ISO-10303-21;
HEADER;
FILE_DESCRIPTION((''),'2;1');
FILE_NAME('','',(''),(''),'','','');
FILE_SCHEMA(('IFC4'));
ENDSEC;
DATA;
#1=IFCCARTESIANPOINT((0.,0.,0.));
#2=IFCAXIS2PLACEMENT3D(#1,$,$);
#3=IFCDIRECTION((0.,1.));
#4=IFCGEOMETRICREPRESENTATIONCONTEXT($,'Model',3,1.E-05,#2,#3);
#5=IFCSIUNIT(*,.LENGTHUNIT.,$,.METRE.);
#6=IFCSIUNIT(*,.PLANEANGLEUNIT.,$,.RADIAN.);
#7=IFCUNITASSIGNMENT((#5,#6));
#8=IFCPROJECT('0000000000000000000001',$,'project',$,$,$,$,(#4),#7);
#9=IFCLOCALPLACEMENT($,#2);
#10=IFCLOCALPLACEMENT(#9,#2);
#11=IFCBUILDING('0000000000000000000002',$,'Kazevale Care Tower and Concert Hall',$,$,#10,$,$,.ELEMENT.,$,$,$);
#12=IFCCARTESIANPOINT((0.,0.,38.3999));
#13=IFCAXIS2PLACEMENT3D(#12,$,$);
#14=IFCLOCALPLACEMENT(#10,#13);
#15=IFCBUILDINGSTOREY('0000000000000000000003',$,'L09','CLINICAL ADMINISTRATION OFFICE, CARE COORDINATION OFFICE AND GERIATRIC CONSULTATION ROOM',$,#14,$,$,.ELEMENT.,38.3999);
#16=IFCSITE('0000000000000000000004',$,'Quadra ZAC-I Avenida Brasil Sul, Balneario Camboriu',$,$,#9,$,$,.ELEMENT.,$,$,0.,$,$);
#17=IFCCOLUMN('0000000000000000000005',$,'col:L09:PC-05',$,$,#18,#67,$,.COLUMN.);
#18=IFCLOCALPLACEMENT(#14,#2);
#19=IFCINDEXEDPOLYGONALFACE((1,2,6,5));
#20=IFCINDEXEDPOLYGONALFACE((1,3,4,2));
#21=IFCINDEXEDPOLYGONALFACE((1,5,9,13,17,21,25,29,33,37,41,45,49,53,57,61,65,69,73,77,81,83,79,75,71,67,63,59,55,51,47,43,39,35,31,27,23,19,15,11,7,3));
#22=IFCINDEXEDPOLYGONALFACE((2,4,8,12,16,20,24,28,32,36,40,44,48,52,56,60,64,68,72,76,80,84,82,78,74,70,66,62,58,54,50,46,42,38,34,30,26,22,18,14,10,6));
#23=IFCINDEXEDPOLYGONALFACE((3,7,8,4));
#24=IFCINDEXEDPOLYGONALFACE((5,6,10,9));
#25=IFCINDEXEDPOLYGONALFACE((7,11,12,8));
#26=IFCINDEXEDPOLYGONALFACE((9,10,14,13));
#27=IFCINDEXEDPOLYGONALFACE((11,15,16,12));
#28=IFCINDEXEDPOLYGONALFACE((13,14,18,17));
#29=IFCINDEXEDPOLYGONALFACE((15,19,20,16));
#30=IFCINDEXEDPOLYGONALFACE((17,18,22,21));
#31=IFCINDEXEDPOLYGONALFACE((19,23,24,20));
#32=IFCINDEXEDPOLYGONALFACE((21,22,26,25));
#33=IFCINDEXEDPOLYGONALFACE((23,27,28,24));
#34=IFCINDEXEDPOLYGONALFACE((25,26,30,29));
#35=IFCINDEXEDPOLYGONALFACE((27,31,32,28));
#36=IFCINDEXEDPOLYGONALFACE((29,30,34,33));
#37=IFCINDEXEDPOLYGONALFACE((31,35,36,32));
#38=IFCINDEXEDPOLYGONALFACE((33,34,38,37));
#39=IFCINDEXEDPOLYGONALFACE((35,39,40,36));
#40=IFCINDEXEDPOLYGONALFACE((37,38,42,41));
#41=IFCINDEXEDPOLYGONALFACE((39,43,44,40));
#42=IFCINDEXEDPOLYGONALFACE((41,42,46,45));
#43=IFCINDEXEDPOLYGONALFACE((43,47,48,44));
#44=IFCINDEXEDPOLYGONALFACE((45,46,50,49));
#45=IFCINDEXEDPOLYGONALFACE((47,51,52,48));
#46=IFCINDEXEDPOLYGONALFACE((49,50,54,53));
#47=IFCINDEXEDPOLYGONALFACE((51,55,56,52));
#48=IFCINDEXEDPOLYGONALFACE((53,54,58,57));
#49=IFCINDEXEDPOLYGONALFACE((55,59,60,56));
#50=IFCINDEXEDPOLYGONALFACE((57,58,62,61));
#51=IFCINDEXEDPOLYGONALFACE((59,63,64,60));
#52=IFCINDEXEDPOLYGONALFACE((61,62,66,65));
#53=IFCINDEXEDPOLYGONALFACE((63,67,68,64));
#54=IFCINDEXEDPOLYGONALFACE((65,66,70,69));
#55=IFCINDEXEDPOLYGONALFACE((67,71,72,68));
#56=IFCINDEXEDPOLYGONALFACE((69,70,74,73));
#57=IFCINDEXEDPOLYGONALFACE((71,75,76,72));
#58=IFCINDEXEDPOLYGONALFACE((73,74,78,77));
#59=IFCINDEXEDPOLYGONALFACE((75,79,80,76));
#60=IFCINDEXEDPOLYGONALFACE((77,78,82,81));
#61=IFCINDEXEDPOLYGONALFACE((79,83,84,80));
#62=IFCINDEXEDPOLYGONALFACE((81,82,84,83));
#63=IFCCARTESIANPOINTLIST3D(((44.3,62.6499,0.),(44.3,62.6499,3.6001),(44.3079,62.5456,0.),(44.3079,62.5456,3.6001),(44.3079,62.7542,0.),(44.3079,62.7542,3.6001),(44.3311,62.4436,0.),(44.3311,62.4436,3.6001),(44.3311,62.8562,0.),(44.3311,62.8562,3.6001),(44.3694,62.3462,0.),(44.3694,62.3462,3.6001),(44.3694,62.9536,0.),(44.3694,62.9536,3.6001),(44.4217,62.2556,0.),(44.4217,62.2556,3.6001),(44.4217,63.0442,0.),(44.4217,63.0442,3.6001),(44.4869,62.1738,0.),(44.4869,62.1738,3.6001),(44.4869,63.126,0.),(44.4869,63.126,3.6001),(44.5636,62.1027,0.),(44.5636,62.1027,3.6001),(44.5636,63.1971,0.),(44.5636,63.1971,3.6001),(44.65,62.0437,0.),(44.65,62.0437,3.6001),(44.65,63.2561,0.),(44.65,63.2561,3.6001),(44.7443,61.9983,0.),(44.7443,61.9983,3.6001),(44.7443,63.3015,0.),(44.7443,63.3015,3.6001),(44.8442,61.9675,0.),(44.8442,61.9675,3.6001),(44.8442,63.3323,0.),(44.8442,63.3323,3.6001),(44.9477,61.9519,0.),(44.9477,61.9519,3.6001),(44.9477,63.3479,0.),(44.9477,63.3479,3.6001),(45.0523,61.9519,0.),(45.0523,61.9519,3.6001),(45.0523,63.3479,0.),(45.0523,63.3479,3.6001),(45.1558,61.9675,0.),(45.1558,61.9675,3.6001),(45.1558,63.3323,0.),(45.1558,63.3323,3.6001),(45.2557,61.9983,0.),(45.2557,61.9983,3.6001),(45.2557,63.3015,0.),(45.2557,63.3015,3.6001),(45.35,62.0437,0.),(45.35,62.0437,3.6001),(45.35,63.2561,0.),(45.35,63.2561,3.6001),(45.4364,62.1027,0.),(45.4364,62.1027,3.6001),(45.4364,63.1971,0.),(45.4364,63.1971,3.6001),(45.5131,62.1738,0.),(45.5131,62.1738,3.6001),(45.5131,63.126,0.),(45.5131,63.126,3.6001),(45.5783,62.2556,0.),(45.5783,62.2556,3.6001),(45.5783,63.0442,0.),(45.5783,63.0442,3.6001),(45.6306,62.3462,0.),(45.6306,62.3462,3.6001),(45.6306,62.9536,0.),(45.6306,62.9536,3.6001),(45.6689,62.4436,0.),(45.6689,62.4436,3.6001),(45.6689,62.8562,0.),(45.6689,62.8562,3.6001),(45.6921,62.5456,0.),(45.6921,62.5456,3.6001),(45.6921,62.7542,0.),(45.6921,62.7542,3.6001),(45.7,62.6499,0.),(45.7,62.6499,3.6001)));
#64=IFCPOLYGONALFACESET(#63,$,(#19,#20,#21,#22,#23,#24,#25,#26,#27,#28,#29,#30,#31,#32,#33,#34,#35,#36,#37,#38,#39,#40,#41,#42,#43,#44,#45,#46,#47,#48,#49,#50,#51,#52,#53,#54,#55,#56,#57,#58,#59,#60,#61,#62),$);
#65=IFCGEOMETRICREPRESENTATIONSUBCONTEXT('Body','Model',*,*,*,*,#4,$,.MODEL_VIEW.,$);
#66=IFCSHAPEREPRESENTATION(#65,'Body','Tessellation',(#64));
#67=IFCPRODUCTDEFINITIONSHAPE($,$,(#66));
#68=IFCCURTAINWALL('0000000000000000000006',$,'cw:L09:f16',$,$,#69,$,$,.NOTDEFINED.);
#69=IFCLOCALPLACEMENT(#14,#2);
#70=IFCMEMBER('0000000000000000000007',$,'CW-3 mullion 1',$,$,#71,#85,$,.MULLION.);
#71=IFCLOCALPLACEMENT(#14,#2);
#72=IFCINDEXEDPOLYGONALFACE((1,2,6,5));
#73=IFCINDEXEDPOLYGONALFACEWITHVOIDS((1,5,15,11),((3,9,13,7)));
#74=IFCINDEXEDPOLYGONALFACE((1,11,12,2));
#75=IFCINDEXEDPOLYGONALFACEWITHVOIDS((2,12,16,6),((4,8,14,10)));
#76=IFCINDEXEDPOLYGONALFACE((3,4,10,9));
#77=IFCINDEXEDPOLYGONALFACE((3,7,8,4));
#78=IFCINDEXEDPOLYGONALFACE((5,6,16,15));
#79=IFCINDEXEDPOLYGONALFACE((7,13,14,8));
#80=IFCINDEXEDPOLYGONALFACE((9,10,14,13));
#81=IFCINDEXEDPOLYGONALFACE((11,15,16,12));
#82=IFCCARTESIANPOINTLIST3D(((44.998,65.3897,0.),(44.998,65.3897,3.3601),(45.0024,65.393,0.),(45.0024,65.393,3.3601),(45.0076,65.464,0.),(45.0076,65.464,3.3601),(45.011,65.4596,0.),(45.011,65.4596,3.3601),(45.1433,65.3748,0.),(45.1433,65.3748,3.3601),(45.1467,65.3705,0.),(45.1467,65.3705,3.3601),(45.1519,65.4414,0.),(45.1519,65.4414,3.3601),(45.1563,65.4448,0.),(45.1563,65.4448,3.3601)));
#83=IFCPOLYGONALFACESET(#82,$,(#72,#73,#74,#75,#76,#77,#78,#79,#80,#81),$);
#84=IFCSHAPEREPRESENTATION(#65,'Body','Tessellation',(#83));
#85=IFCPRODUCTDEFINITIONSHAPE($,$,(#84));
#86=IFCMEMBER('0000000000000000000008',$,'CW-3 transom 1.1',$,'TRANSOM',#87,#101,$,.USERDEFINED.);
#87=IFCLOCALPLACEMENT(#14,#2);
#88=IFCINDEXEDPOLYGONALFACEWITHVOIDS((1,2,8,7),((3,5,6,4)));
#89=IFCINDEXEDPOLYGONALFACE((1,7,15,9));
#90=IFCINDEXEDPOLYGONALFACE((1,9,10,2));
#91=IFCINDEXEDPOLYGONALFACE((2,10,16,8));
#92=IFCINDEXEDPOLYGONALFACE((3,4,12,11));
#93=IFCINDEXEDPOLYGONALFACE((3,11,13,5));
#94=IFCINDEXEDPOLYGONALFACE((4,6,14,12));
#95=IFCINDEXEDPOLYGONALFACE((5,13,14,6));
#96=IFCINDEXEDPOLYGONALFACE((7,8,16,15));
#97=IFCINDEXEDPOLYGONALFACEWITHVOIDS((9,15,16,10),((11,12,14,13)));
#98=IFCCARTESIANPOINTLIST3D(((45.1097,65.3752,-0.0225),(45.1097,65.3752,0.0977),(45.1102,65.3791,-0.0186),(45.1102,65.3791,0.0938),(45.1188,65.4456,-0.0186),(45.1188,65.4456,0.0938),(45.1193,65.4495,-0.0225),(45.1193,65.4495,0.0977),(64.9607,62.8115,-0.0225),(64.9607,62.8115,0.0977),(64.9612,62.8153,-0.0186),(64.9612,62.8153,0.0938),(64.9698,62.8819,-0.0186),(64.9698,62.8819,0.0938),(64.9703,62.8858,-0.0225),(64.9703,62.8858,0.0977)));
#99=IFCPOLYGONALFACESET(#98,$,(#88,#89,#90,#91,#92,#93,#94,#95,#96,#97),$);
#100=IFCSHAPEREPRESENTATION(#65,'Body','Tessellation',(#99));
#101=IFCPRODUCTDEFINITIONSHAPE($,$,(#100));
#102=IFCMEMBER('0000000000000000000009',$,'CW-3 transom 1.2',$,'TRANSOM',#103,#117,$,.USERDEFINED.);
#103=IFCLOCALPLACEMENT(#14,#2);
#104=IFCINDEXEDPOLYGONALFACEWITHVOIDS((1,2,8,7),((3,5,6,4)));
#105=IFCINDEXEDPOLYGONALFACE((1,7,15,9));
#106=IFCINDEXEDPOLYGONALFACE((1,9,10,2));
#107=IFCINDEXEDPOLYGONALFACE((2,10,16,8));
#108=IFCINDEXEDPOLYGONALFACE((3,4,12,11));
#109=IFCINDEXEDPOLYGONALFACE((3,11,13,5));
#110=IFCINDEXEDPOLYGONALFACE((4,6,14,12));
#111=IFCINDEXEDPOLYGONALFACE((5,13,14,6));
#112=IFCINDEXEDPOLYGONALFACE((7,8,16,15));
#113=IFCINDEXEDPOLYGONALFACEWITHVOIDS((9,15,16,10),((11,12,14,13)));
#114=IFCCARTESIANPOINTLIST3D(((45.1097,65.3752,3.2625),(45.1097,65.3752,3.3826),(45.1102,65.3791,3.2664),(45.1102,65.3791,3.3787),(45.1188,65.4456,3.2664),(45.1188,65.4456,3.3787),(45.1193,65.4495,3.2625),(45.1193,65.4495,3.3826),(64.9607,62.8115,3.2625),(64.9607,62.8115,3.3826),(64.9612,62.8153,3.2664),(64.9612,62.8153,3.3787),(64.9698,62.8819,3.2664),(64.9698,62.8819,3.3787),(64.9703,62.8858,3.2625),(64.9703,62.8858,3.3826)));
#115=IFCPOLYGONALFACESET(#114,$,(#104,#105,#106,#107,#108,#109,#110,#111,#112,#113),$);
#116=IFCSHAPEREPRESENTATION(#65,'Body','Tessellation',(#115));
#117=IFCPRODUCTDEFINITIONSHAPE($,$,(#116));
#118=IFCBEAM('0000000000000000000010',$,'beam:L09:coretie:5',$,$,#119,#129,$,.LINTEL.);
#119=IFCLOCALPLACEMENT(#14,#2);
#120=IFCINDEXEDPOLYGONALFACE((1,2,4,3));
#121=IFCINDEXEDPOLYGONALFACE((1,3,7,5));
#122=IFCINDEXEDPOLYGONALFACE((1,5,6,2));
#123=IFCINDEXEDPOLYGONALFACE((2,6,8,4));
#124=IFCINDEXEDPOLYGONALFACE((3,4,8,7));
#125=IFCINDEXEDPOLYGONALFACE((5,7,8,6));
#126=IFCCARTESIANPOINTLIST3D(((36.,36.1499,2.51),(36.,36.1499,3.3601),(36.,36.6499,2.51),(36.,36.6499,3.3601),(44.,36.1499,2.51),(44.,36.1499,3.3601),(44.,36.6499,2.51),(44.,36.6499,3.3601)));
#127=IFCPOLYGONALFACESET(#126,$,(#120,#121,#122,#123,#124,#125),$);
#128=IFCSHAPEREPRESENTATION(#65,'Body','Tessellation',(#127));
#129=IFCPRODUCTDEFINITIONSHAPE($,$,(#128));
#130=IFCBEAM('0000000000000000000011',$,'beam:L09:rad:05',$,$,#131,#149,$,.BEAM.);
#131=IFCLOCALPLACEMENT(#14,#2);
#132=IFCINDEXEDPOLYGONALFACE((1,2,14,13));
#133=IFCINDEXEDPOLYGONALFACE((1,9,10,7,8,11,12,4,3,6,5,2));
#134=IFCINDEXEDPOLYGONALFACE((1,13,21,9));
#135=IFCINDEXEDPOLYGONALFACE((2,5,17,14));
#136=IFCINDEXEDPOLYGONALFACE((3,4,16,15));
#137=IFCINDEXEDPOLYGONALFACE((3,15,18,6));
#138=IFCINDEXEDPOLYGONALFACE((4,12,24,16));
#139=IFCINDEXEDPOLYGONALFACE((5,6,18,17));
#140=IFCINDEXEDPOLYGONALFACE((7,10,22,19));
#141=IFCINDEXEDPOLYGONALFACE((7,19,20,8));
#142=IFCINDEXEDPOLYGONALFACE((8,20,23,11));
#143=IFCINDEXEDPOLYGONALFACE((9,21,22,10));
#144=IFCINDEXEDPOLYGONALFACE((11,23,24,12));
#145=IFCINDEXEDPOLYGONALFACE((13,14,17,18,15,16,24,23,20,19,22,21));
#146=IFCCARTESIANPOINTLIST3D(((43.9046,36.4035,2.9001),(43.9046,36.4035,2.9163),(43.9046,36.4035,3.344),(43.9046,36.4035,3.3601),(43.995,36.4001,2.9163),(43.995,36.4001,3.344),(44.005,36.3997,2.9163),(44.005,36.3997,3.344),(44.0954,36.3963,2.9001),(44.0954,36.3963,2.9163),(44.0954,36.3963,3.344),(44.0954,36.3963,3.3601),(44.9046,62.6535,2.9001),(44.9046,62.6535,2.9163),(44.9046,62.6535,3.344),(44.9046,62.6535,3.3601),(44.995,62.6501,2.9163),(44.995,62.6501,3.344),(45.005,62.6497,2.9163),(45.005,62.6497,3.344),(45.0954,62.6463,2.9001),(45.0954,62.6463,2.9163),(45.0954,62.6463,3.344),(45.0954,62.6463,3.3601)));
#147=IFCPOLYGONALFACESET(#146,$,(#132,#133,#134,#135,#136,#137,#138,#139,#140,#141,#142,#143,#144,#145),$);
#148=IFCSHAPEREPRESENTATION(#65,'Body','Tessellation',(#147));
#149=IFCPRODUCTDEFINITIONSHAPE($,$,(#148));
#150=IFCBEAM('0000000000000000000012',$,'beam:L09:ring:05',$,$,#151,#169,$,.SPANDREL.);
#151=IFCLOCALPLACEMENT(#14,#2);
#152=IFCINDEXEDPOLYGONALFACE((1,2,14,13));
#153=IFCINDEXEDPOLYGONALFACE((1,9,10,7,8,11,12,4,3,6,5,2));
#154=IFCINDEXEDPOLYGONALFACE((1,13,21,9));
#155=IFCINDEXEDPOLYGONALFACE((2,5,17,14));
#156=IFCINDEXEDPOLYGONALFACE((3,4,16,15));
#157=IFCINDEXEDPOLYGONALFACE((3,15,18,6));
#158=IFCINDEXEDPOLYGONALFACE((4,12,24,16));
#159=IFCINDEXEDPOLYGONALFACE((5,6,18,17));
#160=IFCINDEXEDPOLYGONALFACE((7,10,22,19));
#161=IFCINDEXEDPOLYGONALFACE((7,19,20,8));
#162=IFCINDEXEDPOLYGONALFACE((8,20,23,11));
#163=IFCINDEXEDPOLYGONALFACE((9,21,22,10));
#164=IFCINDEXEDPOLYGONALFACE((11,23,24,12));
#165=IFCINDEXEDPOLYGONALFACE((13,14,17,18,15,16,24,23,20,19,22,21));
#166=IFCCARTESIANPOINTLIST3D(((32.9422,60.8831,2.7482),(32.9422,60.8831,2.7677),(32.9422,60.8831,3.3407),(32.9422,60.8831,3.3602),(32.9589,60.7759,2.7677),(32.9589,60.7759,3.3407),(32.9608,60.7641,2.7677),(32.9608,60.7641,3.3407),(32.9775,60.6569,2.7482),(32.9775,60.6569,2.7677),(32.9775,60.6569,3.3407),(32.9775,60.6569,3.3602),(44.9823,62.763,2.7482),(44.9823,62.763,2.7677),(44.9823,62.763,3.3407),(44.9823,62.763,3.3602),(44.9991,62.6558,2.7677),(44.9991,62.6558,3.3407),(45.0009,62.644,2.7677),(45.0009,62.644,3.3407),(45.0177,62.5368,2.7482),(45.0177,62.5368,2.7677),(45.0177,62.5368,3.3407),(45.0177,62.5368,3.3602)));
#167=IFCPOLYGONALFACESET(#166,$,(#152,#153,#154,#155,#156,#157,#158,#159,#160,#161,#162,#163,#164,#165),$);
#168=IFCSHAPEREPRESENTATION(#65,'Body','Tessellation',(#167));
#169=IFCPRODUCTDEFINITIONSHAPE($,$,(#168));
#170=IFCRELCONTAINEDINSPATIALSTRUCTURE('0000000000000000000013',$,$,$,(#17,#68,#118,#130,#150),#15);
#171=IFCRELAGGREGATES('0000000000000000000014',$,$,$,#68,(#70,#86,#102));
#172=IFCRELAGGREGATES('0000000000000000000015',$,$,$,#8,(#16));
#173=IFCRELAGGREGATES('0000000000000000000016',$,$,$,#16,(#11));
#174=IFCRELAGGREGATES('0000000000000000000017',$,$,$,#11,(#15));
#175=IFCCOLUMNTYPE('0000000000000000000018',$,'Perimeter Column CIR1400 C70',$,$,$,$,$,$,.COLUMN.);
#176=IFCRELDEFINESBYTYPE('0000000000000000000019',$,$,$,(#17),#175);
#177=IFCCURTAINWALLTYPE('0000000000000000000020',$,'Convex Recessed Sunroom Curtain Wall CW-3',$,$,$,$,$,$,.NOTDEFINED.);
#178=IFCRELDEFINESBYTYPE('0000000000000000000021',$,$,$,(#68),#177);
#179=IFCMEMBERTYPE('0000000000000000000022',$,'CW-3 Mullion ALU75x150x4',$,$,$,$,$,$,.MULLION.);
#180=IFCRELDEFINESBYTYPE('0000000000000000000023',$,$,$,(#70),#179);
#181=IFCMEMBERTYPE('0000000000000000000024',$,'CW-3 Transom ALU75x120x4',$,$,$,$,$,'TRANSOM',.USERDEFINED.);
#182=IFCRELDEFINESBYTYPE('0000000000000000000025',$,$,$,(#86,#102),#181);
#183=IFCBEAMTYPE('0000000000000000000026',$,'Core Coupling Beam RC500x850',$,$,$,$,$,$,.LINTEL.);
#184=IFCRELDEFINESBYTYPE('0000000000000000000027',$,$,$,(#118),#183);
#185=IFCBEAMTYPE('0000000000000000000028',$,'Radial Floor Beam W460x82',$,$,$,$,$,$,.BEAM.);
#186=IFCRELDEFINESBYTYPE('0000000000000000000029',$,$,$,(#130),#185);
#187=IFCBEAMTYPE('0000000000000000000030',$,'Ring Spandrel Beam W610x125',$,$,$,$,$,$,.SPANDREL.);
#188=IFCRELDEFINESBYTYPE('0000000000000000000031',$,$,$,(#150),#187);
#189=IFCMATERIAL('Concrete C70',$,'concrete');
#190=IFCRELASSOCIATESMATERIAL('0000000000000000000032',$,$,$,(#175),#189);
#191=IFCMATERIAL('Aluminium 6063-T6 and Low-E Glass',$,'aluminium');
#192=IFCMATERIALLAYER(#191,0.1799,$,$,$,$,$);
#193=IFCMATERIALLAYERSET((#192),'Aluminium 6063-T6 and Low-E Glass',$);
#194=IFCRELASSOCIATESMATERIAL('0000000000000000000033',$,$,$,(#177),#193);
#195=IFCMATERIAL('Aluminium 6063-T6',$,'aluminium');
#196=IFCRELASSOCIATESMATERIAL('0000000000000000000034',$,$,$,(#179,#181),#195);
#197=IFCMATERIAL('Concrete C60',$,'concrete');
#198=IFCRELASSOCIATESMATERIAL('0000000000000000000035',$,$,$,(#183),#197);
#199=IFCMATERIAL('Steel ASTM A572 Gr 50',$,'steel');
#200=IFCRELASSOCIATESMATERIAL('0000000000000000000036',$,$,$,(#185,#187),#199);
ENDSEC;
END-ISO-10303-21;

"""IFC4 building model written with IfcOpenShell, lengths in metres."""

from ifc_helpers import new_model, si_unit, direction, frame, origin, origin_2d, place, context, subcontext, project, spatial, rectangle, hollow_rectangle, circle, i_section, extrude, material, layer, layer_set, material_profile, profile_set, type_object, element, aggregate, save


model = new_model("IFC4")

# Units and contexts
model_context = context("Model", 3, precision=1e-05, world=origin(), true_north=direction((0.0, 1.0)))
body_context = subcontext(model_context, "Body", "Model", "MODEL_VIEW")
ifc_project = project(units=[si_unit("LENGTHUNIT", "METRE"), si_unit("PLANEANGLEUNIT", "RADIAN")], contexts=[model_context])

# Site, building, storey
site_placement = place(None, origin())
site = spatial("IfcSite", under=ifc_project, at=site_placement, Name="Quadra ZAC-I Avenida Brasil Sul, Balneario Camboriu", CompositionType="ELEMENT", RefElevation=0.0)
building_placement = place(site_placement, origin())
building = spatial("IfcBuilding", under=site, at=building_placement, Name="Kazevale Care Tower and Concert Hall", CompositionType="ELEMENT")
storey_placement = place(building_placement, frame((0.0, 0.0, 38.3999)))
storey = spatial("IfcBuildingStorey", under=building, at=storey_placement, Name="L09", Description="CLINICAL ADMINISTRATION OFFICE, CARE COORDINATION OFFICE AND GERIATRIC CONSULTATION ROOM", CompositionType="ELEMENT", Elevation=38.3999)

# Column
ifc_material_1 = material(Name="Concrete C70", Category="concrete")
ifc_material_profile_1 = material_profile(ifc_material_1, circle(Radius=0.7, at=origin_2d()), Name="RC-CIR1400")
ifc_profile_set_1 = profile_set([ifc_material_profile_1], Name="Concrete C70")
column_type = type_object("IfcColumnType", Name="Perimeter Column CIR1400 C70", PredefinedType="COLUMN", material=ifc_profile_set_1)
column_placement = place(storey_placement, frame((45.0, 62.6499, 0.0), z_axis=(0.0, 0.0, 1.0), x_axis=(1.0, 0.0, 0.0)))
element("IfcColumn", 1, at=column_placement, inside=storey, type_object=column_type, Name="col:L09:PC-05", PredefinedType="COLUMN", context=body_context, shape_type="SweptSolid", body=[
    extrude(circle(Radius=0.7, at=origin_2d()), origin(), (0.0, 0.0, 1.0), 3.6001),
])

# Curtain wall, members
ifc_material_2 = material(Name="Aluminium 6063-T6 and Low-E Glass", Category="aluminium")
ifc_layer_1 = layer(ifc_material_2, 0.1799)
ifc_layer_set_1 = layer_set([ifc_layer_1], Name="Aluminium 6063-T6 and Low-E Glass")
curtain_wall_type = type_object("IfcCurtainWallType", Name="Convex Recessed Sunroom Curtain Wall CW-3", PredefinedType="NOTDEFINED", material=ifc_layer_set_1)
curtain_wall_placement = place(storey_placement, origin())
curtain_wall = element("IfcCurtainWall", 2, at=curtain_wall_placement, inside=storey, type_object=curtain_wall_type, Name="cw:L09:f16", PredefinedType="NOTDEFINED")
ifc_material_3 = material(Name="Aluminium 6063-T6", Category="aluminium")
ifc_material_profile_2 = material_profile(ifc_material_3, hollow_rectangle(XDim=0.075, YDim=0.1499, WallThickness=0.0039, at=origin_2d()), Name="ALU75x150x4")
ifc_profile_set_2 = profile_set([ifc_material_profile_2], Name="Aluminium 6063-T6")
member_type_1 = type_object("IfcMemberType", Name="CW-3 Mullion ALU75x150x4", PredefinedType="MULLION", material=ifc_profile_set_2)
member_1_placement = place(storey_placement, frame((45.0771, 65.4172, 0.0), z_axis=(0.0, 0.0, 1.0), x_axis=(0.128086, 0.991763, 0.0)))
member_1 = element("IfcMember", 3, at=member_1_placement, type_object=member_type_1, Name="CW-3 mullion 1", PredefinedType="MULLION", context=body_context, shape_type="SweptSolid", body=[
    extrude(hollow_rectangle(XDim=0.075, YDim=0.1499, WallThickness=0.0039, at=origin_2d()), origin(), (0.0, 0.0, 1.0), 3.3601),
])
ifc_material_profile_3 = material_profile(ifc_material_3, hollow_rectangle(XDim=0.075, YDim=0.1201, WallThickness=0.0039, at=origin_2d()), Name="ALU75x120x4")
ifc_profile_set_3 = profile_set([ifc_material_profile_3], Name="Aluminium 6063-T6")
member_type_2 = type_object("IfcMemberType", Name="CW-3 Transom ALU75x120x4", ElementType="TRANSOM", PredefinedType="USERDEFINED", material=ifc_profile_set_3)
member_2_placement = place(storey_placement, frame((45.1145, 65.4124, 0.0376), z_axis=(0.991763, -0.128084, 0.0), x_axis=(0.128084, 0.991763, 0.0)))
member_2 = element("IfcMember", 4, at=member_2_placement, type_object=member_type_2, Name="CW-3 transom 1.1", ObjectType="TRANSOM", PredefinedType="USERDEFINED", context=body_context, shape_type="SweptSolid", body=[
    extrude(hollow_rectangle(XDim=0.075, YDim=0.1201, WallThickness=0.0039, at=origin_2d()), origin(), (0.0, 0.0, 1.0), 20.0159),
])
member_3_placement = place(storey_placement, frame((45.1145, 65.4124, 3.3225), z_axis=(0.991763, -0.128084, 0.0), x_axis=(0.128084, 0.991763, 0.0)))
member_3 = element("IfcMember", 5, at=member_3_placement, type_object=member_type_2, Name="CW-3 transom 1.2", ObjectType="TRANSOM", PredefinedType="USERDEFINED", context=body_context, shape_type="SweptSolid", body=[
    extrude(hollow_rectangle(XDim=0.075, YDim=0.1201, WallThickness=0.0039, at=origin_2d()), origin(), (0.0, 0.0, 1.0), 20.0159),
])
aggregate(curtain_wall, [member_1, member_2, member_3])

# Beams
ifc_material_4 = material(Name="Concrete C60", Category="concrete")
ifc_material_profile_4 = material_profile(ifc_material_4, rectangle(XDim=0.5, YDim=0.8501, at=origin_2d()), Name="RC-B500x850")
ifc_profile_set_4 = profile_set([ifc_material_profile_4], Name="Concrete C60")
beam_type_1 = type_object("IfcBeamType", Name="Core Coupling Beam RC500x850", PredefinedType="LINTEL", material=ifc_profile_set_4)
beam_1_placement = place(storey_placement, frame((44.0, 36.3999, 2.9351), z_axis=(-1.0, 0.0, 0.0), x_axis=(0.0, -1.0, 0.0)))
element("IfcBeam", 6, at=beam_1_placement, inside=storey, type_object=beam_type_1, Name="beam:L09:coretie:5", PredefinedType="LINTEL", context=body_context, shape_type="SweptSolid", body=[
    extrude(rectangle(XDim=0.5, YDim=0.8501, at=origin_2d()), origin(), (0.0, 0.0, 1.0), 8.0),
])
ifc_material_5 = material(Name="Steel ASTM A572 Gr 50", Category="steel")
ifc_material_profile_5 = material_profile(ifc_material_5, i_section(OverallWidth=0.1909, OverallDepth=0.46, WebThickness=0.01, FlangeThickness=0.0161, at=origin_2d()), Name="W460x82")
ifc_profile_set_5 = profile_set([ifc_material_profile_5], Name="Steel ASTM A572 Gr 50")
beam_type_2 = type_object("IfcBeamType", Name="Radial Floor Beam W460x82", PredefinedType="BEAM", material=ifc_profile_set_5)
beam_2_placement = place(storey_placement, frame((44.0, 36.3999, 3.1301), z_axis=(0.038068, 0.999275, 0.0), x_axis=(-0.999275, 0.038068, 0.0)))
element("IfcBeam", 7, at=beam_2_placement, inside=storey, type_object=beam_type_2, Name="beam:L09:rad:05", PredefinedType="BEAM", context=body_context, shape_type="SweptSolid", body=[
    extrude(i_section(OverallWidth=0.1909, OverallDepth=0.46, WebThickness=0.01, FlangeThickness=0.0161, at=origin_2d()), origin(), (0.0, 0.0, 1.0), 26.269),
])
ifc_material_profile_6 = material_profile(ifc_material_5, i_section(OverallWidth=0.229, OverallDepth=0.6121, WebThickness=0.012, FlangeThickness=0.0195, at=origin_2d()), Name="W610x125")
ifc_profile_set_6 = profile_set([ifc_material_profile_6], Name="Steel ASTM A572 Gr 50")
beam_type_3 = type_object("IfcBeamType", Name="Ring Spandrel Beam W610x125", PredefinedType="SPANDREL", material=ifc_profile_set_6)
beam_3_placement = place(storey_placement, frame((45.0, 62.6499, 3.0542), z_axis=(-0.988029, -0.154267, 0.0), x_axis=(0.154267, -0.988029, 0.0)))
element("IfcBeam", 8, at=beam_3_placement, inside=storey, type_object=beam_type_3, Name="beam:L09:ring:05", PredefinedType="SPANDREL", context=body_context, shape_type="SweptSolid", body=[
    extrude(i_section(OverallWidth=0.229, OverallDepth=0.6121, WebThickness=0.012, FlangeThickness=0.0195, at=origin_2d()), origin(), (0.0, 0.0, 1.0), 12.186),
])

save(model, "model.ifc")
